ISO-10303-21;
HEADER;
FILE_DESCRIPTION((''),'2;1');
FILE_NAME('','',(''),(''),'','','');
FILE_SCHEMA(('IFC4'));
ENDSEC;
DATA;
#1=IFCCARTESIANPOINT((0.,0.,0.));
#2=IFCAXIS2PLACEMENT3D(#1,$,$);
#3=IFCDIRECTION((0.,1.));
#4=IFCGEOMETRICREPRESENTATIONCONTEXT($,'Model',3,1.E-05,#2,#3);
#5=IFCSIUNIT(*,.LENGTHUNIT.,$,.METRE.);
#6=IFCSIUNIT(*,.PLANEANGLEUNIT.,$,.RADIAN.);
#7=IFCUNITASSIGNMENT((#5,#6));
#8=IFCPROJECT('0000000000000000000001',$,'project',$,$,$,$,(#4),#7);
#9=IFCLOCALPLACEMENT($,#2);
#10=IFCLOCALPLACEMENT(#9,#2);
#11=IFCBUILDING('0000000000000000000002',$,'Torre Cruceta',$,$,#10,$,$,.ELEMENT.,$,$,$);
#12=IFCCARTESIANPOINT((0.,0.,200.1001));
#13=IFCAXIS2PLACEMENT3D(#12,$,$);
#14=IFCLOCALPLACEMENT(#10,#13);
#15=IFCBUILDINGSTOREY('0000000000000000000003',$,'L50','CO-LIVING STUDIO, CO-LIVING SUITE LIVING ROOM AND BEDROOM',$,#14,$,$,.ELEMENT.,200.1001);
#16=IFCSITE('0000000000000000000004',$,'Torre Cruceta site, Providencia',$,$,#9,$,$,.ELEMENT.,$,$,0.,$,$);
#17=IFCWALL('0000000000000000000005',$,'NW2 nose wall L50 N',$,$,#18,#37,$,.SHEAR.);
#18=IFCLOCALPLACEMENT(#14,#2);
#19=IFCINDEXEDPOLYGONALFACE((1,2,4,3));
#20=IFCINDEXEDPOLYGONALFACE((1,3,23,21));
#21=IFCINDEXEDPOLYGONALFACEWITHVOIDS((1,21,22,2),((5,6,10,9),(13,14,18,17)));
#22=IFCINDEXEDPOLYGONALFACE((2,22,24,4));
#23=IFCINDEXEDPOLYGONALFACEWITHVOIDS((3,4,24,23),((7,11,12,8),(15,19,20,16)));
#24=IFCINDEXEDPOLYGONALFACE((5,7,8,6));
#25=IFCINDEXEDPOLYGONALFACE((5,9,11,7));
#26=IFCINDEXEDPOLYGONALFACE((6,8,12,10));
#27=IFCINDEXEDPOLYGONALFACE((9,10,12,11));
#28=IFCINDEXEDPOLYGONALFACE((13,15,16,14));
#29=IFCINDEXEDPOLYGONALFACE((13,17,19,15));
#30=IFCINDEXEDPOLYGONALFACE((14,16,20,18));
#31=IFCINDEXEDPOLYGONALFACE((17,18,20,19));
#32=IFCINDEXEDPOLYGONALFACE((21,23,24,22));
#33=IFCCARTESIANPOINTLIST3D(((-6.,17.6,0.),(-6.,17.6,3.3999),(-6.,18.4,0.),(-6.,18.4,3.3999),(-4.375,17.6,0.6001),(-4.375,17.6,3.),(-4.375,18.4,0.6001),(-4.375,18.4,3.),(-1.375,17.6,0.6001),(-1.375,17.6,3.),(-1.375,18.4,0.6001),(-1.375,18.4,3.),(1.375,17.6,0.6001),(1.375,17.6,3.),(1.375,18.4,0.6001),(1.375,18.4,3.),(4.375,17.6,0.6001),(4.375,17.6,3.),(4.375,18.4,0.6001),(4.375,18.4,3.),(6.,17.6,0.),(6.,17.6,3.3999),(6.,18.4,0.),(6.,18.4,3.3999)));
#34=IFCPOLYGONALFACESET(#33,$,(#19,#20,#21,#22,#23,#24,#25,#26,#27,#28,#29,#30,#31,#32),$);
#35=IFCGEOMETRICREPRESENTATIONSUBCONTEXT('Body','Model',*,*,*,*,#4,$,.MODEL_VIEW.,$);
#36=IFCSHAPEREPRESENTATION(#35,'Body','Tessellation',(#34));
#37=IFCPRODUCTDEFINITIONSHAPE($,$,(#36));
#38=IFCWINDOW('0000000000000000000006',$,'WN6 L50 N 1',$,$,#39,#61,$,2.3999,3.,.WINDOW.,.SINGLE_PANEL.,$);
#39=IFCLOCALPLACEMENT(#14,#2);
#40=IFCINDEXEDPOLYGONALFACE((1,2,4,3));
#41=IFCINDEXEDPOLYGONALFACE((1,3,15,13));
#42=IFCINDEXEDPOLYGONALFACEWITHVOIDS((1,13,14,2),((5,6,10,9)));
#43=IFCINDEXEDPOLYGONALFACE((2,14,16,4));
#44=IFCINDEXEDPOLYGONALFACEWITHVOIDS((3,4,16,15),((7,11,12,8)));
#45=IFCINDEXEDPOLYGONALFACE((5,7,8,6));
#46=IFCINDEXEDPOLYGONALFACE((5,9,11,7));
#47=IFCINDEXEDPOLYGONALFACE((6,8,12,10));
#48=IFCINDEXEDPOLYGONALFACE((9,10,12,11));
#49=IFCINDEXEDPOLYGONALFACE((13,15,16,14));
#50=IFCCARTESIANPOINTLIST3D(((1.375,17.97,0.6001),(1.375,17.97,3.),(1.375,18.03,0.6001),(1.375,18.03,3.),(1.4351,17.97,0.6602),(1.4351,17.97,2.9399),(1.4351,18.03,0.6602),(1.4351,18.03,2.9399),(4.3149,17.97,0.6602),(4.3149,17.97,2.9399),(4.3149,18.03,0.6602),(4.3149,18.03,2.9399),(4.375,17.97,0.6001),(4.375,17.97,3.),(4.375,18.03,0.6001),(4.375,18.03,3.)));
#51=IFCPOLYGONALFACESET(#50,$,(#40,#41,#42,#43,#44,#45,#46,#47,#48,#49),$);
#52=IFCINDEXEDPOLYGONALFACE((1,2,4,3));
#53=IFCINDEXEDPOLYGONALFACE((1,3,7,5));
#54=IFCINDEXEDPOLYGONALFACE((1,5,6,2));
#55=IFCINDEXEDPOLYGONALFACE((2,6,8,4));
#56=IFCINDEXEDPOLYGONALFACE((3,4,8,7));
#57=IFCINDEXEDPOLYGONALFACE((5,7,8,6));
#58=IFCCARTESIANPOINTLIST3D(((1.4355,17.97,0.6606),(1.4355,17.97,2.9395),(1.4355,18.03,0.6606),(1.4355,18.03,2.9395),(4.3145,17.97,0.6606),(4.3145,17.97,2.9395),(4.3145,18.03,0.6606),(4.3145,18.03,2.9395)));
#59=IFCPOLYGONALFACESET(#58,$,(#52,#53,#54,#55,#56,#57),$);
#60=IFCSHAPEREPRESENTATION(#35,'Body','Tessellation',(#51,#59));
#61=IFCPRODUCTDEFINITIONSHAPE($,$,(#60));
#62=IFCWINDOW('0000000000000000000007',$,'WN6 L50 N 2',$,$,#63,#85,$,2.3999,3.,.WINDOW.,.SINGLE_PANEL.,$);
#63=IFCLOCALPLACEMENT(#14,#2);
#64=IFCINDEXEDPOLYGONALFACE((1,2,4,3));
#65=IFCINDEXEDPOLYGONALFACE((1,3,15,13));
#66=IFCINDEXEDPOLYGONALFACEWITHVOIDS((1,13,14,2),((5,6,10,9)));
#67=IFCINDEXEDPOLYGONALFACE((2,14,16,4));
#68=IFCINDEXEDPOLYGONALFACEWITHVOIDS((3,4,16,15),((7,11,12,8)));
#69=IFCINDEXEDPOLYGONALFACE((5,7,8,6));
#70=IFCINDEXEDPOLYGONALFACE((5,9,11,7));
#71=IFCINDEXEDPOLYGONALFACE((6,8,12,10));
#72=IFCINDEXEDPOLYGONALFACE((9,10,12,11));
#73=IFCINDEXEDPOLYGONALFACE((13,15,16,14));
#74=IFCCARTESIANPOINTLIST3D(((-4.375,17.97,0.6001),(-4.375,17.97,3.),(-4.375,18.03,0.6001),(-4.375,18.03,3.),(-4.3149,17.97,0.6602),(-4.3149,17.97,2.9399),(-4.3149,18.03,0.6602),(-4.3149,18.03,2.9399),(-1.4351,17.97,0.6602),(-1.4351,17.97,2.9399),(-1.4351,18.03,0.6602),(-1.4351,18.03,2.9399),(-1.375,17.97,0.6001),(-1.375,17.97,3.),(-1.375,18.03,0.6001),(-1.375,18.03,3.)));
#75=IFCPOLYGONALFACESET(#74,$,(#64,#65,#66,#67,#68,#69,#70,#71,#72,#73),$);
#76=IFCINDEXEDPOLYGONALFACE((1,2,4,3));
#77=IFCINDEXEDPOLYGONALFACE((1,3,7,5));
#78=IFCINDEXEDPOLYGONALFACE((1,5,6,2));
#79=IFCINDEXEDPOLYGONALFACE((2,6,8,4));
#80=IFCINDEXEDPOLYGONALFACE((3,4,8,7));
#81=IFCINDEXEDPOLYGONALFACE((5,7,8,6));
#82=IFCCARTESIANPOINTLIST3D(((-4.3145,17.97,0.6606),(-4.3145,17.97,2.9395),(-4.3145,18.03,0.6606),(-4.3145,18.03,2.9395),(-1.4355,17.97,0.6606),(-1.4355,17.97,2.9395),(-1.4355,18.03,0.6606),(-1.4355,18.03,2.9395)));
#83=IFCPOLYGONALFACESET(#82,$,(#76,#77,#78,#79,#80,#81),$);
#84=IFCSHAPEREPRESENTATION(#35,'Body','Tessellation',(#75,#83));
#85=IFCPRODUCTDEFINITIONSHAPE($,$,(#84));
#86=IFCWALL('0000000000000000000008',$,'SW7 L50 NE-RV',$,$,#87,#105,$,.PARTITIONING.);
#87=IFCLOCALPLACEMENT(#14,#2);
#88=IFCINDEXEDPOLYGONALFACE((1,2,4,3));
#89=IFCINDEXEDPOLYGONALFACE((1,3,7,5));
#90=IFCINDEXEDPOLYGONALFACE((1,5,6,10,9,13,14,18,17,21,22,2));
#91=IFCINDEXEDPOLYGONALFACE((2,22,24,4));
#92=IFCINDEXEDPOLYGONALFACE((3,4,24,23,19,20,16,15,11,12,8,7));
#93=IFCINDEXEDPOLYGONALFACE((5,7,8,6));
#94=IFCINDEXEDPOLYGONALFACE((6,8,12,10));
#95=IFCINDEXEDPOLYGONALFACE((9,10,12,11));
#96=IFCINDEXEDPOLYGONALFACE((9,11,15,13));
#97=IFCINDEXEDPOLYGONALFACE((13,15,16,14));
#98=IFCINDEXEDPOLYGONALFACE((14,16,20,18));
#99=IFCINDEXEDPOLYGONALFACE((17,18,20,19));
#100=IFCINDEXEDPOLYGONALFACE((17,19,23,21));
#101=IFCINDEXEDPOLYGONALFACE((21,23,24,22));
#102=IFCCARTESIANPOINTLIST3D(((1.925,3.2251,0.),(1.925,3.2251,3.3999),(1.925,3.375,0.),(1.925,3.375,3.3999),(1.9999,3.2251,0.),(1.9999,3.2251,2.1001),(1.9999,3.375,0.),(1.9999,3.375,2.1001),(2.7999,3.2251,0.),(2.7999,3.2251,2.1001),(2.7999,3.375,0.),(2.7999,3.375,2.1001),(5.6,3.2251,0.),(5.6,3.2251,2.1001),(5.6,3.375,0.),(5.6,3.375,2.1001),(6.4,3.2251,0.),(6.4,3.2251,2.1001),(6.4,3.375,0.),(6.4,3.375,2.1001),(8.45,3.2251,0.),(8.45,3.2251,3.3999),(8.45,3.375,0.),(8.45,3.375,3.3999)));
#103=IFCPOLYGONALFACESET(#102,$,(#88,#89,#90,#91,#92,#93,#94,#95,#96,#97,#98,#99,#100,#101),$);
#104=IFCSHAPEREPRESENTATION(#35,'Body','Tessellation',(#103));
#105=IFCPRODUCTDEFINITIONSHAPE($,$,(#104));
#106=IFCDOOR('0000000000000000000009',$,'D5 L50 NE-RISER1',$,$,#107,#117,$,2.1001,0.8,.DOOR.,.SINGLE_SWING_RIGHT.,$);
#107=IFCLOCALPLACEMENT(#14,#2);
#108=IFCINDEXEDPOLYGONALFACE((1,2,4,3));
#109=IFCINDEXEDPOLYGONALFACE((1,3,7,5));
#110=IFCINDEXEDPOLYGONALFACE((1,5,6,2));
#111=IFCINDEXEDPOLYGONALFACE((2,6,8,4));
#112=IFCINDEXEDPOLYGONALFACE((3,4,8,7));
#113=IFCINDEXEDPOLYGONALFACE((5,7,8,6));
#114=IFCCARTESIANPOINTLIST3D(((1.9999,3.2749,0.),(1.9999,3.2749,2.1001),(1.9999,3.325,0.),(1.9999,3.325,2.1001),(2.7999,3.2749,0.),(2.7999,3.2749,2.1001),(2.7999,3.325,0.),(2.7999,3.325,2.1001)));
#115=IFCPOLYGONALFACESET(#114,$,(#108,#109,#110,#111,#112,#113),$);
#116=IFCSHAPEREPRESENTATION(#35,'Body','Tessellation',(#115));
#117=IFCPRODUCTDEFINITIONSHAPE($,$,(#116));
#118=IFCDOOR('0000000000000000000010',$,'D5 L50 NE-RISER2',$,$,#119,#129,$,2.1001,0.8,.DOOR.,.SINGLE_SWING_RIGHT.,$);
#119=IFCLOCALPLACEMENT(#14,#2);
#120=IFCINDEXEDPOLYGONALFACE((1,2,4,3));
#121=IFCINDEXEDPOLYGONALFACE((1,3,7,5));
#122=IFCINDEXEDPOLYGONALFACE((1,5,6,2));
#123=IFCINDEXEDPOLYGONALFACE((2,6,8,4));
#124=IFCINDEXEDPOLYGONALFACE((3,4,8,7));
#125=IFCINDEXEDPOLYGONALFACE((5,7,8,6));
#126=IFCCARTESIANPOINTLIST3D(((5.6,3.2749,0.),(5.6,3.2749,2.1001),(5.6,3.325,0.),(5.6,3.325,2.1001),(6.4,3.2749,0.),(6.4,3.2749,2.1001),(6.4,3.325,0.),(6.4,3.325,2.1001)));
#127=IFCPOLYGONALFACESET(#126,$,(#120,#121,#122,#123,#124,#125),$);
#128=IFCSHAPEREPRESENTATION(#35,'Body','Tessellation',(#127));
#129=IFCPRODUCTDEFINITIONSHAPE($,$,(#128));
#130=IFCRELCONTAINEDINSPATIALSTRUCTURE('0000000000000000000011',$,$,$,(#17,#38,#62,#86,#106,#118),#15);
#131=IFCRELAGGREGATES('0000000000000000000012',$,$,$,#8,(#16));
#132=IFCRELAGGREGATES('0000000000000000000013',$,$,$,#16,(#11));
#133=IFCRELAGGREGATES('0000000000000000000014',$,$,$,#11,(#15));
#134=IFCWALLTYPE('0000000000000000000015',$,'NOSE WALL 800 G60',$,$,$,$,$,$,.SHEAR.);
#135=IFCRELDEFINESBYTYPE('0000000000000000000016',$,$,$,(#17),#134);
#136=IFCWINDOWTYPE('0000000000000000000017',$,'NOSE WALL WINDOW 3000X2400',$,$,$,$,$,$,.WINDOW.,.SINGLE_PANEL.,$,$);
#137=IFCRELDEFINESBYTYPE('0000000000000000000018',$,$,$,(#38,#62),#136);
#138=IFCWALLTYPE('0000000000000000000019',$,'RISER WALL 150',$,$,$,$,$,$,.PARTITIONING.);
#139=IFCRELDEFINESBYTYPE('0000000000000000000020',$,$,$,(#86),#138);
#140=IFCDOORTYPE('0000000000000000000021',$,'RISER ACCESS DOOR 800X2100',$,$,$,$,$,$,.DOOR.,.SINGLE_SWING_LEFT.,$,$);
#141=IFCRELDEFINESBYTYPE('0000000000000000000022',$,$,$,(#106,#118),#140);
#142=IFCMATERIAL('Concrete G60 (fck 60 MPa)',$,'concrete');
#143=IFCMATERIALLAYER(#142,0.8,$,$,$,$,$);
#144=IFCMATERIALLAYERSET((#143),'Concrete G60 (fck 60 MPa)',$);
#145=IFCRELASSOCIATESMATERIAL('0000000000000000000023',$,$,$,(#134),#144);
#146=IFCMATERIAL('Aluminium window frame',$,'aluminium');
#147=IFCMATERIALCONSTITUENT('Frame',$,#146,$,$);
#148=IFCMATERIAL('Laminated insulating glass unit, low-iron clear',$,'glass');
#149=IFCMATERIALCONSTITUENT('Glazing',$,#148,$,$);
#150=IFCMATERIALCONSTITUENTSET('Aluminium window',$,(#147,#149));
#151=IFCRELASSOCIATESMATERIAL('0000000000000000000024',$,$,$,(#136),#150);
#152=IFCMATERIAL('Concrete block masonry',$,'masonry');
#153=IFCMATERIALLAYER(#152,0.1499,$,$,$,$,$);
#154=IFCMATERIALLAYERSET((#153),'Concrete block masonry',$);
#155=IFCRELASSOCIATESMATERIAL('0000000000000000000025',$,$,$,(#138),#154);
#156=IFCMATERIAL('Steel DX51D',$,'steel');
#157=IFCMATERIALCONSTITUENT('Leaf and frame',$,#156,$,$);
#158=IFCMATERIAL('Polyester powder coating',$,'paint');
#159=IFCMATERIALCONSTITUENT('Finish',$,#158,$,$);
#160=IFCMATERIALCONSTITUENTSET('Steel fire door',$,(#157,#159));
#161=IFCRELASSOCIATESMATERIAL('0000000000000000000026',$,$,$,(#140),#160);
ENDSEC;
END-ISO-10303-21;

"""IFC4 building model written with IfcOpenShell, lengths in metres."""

from ifc_helpers import new_model, si_unit, direction, frame, frame_2d, origin, place, context, subcontext, project, spatial, rectangle, hollow_rectangle, extrude, material, layer, layer_set, constituent, constituent_set, type_object, element, fill, save


model = new_model("IFC4")

# Units and contexts
model_context = context("Model", 3, precision=1e-05, world=origin(), true_north=direction((0.0, 1.0)))
body_context = subcontext(model_context, "Body", "Model", "MODEL_VIEW")
ifc_project = project(units=[si_unit("LENGTHUNIT", "METRE"), si_unit("PLANEANGLEUNIT", "RADIAN")], contexts=[model_context])

# Site, building, storey
site_placement = place(None, origin())
site = spatial("IfcSite", under=ifc_project, at=site_placement, Name="Torre Cruceta site, Providencia", CompositionType="ELEMENT", RefElevation=0.0)
building_placement = place(site_placement, origin())
building = spatial("IfcBuilding", under=site, at=building_placement, Name="Torre Cruceta", CompositionType="ELEMENT")
storey_placement = place(building_placement, frame((0.0, 0.0, 200.1001)))
storey = spatial("IfcBuildingStorey", under=building, at=storey_placement, Name="L50", Description="CO-LIVING STUDIO, CO-LIVING SUITE LIVING ROOM AND BEDROOM", CompositionType="ELEMENT", Elevation=200.1001)

# Wall, openings, windows
ifc_material_1 = material(Name="Concrete G60 (fck 60 MPa)", Category="concrete")
ifc_layer_1 = layer(ifc_material_1, 0.8)
ifc_layer_set_1 = layer_set([ifc_layer_1], Name="Concrete G60 (fck 60 MPa)")
wall_type_1 = type_object("IfcWallType", Name="NOSE WALL 800 G60", PredefinedType="SHEAR", material=ifc_layer_set_1)
wall_1_placement = place(storey_placement, frame((6.0, 18.0, 0.0), z_axis=(0.0, 0.0, 1.0), x_axis=(-1.0, 0.0, 0.0)))
wall_1 = element("IfcWall", 1, at=wall_1_placement, inside=storey, type_object=wall_type_1, Name="NW2 nose wall L50 N", PredefinedType="SHEAR", context=body_context, shape_type="SweptSolid", body=[
    extrude(rectangle(XDim=12.0, YDim=0.8, at=frame_2d((6.0, 0.0))), origin(), (0.0, 0.0, 1.0), 3.3999),
])
opening_1_placement = place(wall_1_placement, frame((1.625, 0.0, 0.6001)))
opening_1 = element("IfcOpeningElement", 2, at=opening_1_placement, cuts=wall_1, PredefinedType="OPENING", context=body_context, shape_type="SweptSolid", body=[
    extrude(rectangle(XDim=3.0, YDim=2.3999, at=frame_2d((1.5, 1.2))), frame((0.0, 0.4099, 0.0), z_axis=(0.0, -1.0, 0.0), x_axis=(1.0, 0.0, 0.0)), (0.0, 0.0, 1.0), 0.8201),
])
opening_2_placement = place(wall_1_placement, frame((7.375, 0.0, 0.6001)))
opening_2 = element("IfcOpeningElement", 3, at=opening_2_placement, cuts=wall_1, PredefinedType="OPENING", context=body_context, shape_type="SweptSolid", body=[
    extrude(rectangle(XDim=3.0, YDim=2.3999, at=frame_2d((1.5, 1.2))), frame((0.0, 0.4099, 0.0), z_axis=(0.0, -1.0, 0.0), x_axis=(1.0, 0.0, 0.0)), (0.0, 0.0, 1.0), 0.8201),
])
ifc_material_2 = material(Name="Aluminium window frame", Category="aluminium")
ifc_constituent_1 = constituent(ifc_material_2, Name="Frame")
ifc_material_3 = material(Name="Laminated insulating glass unit, low-iron clear", Category="glass")
ifc_constituent_2 = constituent(ifc_material_3, Name="Glazing")
ifc_constituent_set_1 = constituent_set(constituents=[ifc_constituent_1, ifc_constituent_2], Name="Aluminium window")
window_type = type_object("IfcWindowType", Name="NOSE WALL WINDOW 3000X2400", PartitioningType="SINGLE_PANEL", PredefinedType="WINDOW", material=ifc_constituent_set_1)
window_1_placement = place(opening_1_placement, origin())
window_1 = element("IfcWindow", 4, at=window_1_placement, inside=storey, type_object=window_type, Name="WN6 L50 N 1", OverallHeight=2.3999, OverallWidth=3.0, PartitioningType="SINGLE_PANEL", PredefinedType="WINDOW", context=body_context, shape_type="SweptSolid", body=[
    extrude(hollow_rectangle(XDim=3.0, YDim=2.3999, WallThickness=0.0601, at=frame_2d((1.5, 1.2))), frame((0.0, 0.03, 0.0), z_axis=(0.0, -1.0, 0.0), x_axis=(1.0, 0.0, 0.0)), (0.0, 0.0, 1.0), 0.0601),
    extrude(rectangle(XDim=2.8789, YDim=2.2788, at=frame_2d((1.5, 1.2))), frame((0.0, 0.03, 0.0), z_axis=(0.0, -1.0, 0.0), x_axis=(1.0, 0.0, 0.0)), (0.0, 0.0, 1.0), 0.0601),
])
fill(opening_1, window_1)
window_2_placement = place(opening_2_placement, origin())
window_2 = element("IfcWindow", 5, at=window_2_placement, inside=storey, type_object=window_type, Name="WN6 L50 N 2", OverallHeight=2.3999, OverallWidth=3.0, PartitioningType="SINGLE_PANEL", PredefinedType="WINDOW", context=body_context, shape_type="SweptSolid", body=[
    extrude(hollow_rectangle(XDim=3.0, YDim=2.3999, WallThickness=0.0601, at=frame_2d((1.5, 1.2))), frame((0.0, 0.03, 0.0), z_axis=(0.0, -1.0, 0.0), x_axis=(1.0, 0.0, 0.0)), (0.0, 0.0, 1.0), 0.0601),
    extrude(rectangle(XDim=2.8789, YDim=2.2788, at=frame_2d((1.5, 1.2))), frame((0.0, 0.03, 0.0), z_axis=(0.0, -1.0, 0.0), x_axis=(1.0, 0.0, 0.0)), (0.0, 0.0, 1.0), 0.0601),
])
fill(opening_2, window_2)

# Wall, openings, doors
ifc_material_4 = material(Name="Concrete block masonry", Category="masonry")
ifc_layer_2 = layer(ifc_material_4, 0.1499)
ifc_layer_set_2 = layer_set([ifc_layer_2], Name="Concrete block masonry")
wall_type_2 = type_object("IfcWallType", Name="RISER WALL 150", PredefinedType="PARTITIONING", material=ifc_layer_set_2)
wall_2_placement = place(storey_placement, frame((1.925, 3.3, 0.0), z_axis=(0.0, 0.0, 1.0), x_axis=(1.0, 0.0, 0.0)))
wall_2 = element("IfcWall", 6, at=wall_2_placement, inside=storey, type_object=wall_type_2, Name="SW7 L50 NE-RV", PredefinedType="PARTITIONING", context=body_context, shape_type="SweptSolid", body=[
    extrude(rectangle(XDim=6.5249, YDim=0.1499, at=frame_2d((3.2625, 0.0))), origin(), (0.0, 0.0, 1.0), 3.3999),
])
opening_3_placement = place(wall_2_placement, frame((0.075, 0.0, 0.0)))
opening_3 = element("IfcOpeningElement", 7, at=opening_3_placement, cuts=wall_2, PredefinedType="OPENING", context=body_context, shape_type="SweptSolid", body=[
    extrude(rectangle(XDim=0.8, YDim=2.1001, at=frame_2d((0.3999, 1.05))), frame((0.0, 0.085, 0.0), z_axis=(0.0, -1.0, 0.0), x_axis=(1.0, 0.0, 0.0)), (0.0, 0.0, 1.0), 0.1699),
])
opening_4_placement = place(wall_2_placement, frame((3.675, 0.0, 0.0)))
opening_4 = element("IfcOpeningElement", 8, at=opening_4_placement, cuts=wall_2, PredefinedType="OPENING", context=body_context, shape_type="SweptSolid", body=[
    extrude(rectangle(XDim=0.8, YDim=2.1001, at=frame_2d((0.3999, 1.05))), frame((0.0, 0.085, 0.0), z_axis=(0.0, -1.0, 0.0), x_axis=(1.0, 0.0, 0.0)), (0.0, 0.0, 1.0), 0.1699),
])
ifc_material_5 = material(Name="Steel DX51D", Category="steel")
ifc_constituent_3 = constituent(ifc_material_5, Name="Leaf and frame")
ifc_material_6 = material(Name="Polyester powder coating", Category="paint")
ifc_constituent_4 = constituent(ifc_material_6, Name="Finish")
ifc_constituent_set_2 = constituent_set(constituents=[ifc_constituent_3, ifc_constituent_4], Name="Steel fire door")
door_type_1 = type_object("IfcDoorType", Name="RISER ACCESS DOOR 800X2100", OperationType="SINGLE_SWING_LEFT", PredefinedType="DOOR", material=ifc_constituent_set_2)
door_1_placement = place(opening_3_placement, frame((0.8, 0.0, 0.0), z_axis=(0.0, 0.0, 1.0), x_axis=(-1.0, 0.0, 0.0)))
door_1 = element("IfcDoor", 9, at=door_1_placement, inside=storey, type_object=door_type_1, Name="D5 L50 NE-RISER1", OperationType="SINGLE_SWING_RIGHT", OverallHeight=2.1001, OverallWidth=0.8, PredefinedType="DOOR", context=body_context, shape_type="SweptSolid", body=[
    extrude(rectangle(XDim=0.8, YDim=2.1001, at=frame_2d((0.4001, 1.05))), frame((0.0, 0.0251, 0.0), z_axis=(0.0, -1.0, 0.0), x_axis=(1.0, 0.0, 0.0)), (0.0, 0.0, 1.0), 0.05),
])
fill(opening_3, door_1)
door_2_placement = place(opening_4_placement, frame((0.8, 0.0, 0.0), z_axis=(0.0, 0.0, 1.0), x_axis=(-1.0, 0.0, 0.0)))
door_2 = element("IfcDoor", 10, at=door_2_placement, inside=storey, type_object=door_type_1, Name="D5 L50 NE-RISER2", OperationType="SINGLE_SWING_RIGHT", OverallHeight=2.1001, OverallWidth=0.8, PredefinedType="DOOR", context=body_context, shape_type="SweptSolid", body=[
    extrude(rectangle(XDim=0.8, YDim=2.1001, at=frame_2d((0.4001, 1.05))), frame((0.0, 0.0251, 0.0), z_axis=(0.0, -1.0, 0.0), x_axis=(1.0, 0.0, 0.0)), (0.0, 0.0, 1.0), 0.05),
])
fill(opening_4, door_2)

save(model, "model.ifc")
